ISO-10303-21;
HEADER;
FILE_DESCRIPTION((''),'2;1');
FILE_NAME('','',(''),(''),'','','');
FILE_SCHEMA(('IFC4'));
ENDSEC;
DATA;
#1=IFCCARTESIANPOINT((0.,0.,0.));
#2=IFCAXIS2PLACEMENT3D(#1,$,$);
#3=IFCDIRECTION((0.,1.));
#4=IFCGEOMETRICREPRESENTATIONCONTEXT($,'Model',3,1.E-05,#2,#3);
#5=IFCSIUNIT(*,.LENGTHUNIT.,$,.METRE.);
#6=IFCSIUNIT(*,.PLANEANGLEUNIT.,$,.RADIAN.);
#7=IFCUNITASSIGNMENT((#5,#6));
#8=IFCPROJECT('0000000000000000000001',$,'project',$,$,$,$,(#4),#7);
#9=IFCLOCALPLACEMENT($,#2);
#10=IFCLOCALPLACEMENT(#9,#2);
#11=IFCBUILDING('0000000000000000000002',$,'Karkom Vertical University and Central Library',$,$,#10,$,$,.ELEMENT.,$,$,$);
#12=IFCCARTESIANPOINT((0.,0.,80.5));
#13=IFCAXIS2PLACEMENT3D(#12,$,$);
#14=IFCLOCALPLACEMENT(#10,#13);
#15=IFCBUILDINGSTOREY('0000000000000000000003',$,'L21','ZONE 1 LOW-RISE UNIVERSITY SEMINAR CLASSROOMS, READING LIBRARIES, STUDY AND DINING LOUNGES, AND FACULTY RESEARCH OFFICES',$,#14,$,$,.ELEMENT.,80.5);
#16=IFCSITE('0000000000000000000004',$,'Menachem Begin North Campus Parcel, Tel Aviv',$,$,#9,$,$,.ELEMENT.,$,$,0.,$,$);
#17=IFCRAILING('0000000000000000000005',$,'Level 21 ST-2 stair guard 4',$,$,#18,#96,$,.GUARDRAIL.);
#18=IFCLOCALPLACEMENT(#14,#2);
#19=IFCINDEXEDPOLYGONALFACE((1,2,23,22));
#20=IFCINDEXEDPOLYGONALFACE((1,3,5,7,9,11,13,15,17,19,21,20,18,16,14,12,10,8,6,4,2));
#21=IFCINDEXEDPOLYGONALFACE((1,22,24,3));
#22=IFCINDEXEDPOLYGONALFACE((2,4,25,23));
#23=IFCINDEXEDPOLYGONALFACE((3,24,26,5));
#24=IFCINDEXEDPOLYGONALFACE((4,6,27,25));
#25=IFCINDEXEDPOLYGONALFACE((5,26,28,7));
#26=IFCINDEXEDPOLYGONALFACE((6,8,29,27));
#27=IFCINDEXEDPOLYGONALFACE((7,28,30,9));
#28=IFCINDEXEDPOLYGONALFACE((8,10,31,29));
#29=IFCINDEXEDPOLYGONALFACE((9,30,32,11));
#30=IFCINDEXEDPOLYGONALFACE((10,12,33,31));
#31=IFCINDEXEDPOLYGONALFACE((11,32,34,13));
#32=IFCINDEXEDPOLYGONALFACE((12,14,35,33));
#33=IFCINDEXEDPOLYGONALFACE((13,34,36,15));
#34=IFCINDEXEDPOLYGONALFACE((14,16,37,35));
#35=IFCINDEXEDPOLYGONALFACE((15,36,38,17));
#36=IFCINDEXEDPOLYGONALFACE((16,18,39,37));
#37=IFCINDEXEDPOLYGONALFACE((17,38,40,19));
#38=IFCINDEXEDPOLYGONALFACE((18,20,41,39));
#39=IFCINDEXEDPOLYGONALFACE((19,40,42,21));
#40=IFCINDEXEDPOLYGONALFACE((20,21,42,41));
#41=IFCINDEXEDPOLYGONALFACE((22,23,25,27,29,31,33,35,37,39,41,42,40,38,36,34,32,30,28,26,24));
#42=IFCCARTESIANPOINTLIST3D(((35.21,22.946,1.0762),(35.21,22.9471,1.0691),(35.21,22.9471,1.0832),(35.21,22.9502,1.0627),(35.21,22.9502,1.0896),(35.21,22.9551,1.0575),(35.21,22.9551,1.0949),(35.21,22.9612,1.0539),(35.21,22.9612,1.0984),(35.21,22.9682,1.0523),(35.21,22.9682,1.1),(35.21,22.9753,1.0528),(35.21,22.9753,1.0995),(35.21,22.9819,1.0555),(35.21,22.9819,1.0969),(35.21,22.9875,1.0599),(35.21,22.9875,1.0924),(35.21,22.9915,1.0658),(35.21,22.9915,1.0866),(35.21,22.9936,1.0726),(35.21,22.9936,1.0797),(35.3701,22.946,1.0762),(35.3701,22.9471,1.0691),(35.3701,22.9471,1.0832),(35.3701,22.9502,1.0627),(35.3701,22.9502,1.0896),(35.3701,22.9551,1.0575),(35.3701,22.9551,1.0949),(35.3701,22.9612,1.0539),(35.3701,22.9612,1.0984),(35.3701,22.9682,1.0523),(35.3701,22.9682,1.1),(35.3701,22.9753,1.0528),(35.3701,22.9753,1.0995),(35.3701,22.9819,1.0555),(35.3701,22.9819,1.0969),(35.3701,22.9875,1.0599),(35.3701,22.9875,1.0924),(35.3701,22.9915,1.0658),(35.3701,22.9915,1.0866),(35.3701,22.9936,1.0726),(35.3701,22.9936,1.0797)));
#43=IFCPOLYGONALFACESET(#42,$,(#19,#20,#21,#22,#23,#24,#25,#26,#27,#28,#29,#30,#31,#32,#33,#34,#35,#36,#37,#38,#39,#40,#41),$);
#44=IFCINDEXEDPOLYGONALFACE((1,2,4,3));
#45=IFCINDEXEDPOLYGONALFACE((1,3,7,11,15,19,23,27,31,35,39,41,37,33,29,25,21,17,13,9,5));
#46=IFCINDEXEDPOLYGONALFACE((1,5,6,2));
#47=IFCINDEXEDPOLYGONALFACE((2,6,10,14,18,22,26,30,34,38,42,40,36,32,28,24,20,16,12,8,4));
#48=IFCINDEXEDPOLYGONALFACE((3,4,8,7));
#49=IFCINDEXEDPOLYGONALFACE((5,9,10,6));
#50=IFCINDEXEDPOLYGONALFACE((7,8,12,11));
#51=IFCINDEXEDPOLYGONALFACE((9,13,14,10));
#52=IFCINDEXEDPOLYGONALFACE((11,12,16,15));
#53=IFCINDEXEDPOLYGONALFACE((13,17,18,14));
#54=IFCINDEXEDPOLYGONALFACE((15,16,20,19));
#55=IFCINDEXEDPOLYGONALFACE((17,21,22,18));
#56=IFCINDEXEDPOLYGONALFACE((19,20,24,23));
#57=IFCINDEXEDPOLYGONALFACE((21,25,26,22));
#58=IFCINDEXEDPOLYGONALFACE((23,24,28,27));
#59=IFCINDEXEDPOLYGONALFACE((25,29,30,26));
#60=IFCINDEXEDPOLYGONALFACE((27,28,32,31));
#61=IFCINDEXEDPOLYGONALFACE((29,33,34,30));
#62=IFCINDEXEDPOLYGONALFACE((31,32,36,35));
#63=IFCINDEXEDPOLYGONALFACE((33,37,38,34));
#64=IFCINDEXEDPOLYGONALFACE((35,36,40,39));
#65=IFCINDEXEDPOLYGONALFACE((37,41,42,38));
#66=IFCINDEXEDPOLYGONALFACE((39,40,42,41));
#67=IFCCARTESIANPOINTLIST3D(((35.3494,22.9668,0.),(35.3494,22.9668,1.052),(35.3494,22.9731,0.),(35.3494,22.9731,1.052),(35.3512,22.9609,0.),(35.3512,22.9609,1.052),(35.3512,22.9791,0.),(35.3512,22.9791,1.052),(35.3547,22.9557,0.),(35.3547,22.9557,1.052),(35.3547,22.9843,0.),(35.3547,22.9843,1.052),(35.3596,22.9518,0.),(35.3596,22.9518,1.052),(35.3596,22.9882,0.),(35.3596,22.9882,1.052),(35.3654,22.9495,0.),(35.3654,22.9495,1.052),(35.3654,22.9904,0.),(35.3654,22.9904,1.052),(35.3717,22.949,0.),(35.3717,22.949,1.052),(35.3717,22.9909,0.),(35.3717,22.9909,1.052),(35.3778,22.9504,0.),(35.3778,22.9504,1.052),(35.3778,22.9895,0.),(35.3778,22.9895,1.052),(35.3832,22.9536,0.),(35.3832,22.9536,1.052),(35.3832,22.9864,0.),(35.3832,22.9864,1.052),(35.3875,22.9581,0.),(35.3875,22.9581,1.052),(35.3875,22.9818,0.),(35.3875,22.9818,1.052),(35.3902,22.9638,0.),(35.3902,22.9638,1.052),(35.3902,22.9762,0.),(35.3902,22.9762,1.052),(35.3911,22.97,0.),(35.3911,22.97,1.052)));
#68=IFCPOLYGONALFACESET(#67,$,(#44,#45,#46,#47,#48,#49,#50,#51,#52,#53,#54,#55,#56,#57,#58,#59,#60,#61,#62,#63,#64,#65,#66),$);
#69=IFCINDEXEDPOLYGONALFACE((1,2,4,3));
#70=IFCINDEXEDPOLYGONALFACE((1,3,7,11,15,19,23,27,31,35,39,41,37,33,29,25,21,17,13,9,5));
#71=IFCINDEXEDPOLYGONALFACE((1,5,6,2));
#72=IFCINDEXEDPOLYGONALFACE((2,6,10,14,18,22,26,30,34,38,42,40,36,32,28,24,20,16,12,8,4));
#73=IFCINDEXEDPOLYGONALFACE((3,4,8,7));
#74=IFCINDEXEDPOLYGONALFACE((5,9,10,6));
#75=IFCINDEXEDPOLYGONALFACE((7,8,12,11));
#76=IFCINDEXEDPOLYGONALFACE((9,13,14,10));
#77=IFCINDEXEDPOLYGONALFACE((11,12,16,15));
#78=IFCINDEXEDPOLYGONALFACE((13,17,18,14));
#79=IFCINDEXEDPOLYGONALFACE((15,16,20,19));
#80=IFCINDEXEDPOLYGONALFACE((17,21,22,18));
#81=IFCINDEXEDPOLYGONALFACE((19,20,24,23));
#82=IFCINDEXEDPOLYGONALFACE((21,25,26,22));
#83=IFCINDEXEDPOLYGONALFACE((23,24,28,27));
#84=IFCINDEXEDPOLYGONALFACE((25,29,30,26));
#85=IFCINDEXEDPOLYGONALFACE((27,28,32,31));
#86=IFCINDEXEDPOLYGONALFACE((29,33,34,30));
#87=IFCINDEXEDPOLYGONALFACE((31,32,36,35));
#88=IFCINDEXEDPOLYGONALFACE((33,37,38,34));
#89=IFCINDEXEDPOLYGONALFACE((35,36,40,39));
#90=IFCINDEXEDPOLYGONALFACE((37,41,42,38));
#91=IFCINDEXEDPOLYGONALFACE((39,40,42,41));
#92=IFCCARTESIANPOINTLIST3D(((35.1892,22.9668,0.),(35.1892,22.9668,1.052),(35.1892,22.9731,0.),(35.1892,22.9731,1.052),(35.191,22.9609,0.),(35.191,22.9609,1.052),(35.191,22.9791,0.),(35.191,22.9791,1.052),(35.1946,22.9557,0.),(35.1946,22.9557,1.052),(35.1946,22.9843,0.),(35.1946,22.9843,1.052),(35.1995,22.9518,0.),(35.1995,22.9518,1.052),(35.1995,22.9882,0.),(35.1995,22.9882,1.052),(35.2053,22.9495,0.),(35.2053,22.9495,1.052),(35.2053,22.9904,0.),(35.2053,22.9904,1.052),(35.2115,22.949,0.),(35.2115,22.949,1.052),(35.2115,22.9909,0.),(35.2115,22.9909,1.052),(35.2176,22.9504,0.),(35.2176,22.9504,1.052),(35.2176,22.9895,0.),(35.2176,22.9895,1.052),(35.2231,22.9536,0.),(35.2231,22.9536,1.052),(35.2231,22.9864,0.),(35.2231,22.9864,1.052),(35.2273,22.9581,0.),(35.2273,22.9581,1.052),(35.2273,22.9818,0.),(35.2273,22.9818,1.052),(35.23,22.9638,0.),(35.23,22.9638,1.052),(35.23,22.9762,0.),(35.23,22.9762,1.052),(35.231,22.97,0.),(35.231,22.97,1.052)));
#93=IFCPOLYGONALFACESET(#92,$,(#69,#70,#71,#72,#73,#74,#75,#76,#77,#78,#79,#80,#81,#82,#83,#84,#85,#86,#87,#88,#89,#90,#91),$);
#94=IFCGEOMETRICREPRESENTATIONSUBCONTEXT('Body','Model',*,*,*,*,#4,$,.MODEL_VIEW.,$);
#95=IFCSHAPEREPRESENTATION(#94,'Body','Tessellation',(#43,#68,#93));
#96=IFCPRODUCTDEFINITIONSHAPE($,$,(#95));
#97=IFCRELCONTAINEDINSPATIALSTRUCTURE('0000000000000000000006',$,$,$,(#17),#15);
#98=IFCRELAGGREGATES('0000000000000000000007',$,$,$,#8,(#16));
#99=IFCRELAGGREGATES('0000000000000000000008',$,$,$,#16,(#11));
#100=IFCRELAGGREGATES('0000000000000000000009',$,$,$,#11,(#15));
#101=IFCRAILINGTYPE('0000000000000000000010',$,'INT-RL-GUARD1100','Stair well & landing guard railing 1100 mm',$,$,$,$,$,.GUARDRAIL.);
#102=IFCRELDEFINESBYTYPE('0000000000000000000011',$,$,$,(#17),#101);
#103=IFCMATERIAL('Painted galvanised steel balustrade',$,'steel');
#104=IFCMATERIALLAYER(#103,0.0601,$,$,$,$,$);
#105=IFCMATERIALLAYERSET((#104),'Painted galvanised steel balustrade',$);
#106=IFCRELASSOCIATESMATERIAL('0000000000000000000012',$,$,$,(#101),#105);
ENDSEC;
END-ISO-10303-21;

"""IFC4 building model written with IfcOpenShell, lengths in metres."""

from ifc_helpers import new_model, si_unit, direction, frame, origin, origin_2d, place, context, subcontext, project, spatial, circle, extrude, material, layer, layer_set, type_object, element, save


model = new_model("IFC4")

# Units and contexts
model_context = context("Model", 3, precision=1e-05, world=origin(), true_north=direction((0.0, 1.0)))
body_context = subcontext(model_context, "Body", "Model", "MODEL_VIEW")
ifc_project = project(units=[si_unit("LENGTHUNIT", "METRE"), si_unit("PLANEANGLEUNIT", "RADIAN")], contexts=[model_context])

# Site, building, storey
site_placement = place(None, origin())
site = spatial("IfcSite", under=ifc_project, at=site_placement, Name="Menachem Begin North Campus Parcel, Tel Aviv", CompositionType="ELEMENT", RefElevation=0.0)
building_placement = place(site_placement, origin())
building = spatial("IfcBuilding", under=site, at=building_placement, Name="Karkom Vertical University and Central Library", CompositionType="ELEMENT")
storey_placement = place(building_placement, frame((0.0, 0.0, 80.5)))
storey = spatial("IfcBuildingStorey", under=building, at=storey_placement, Name="L21", Description="ZONE 1 LOW-RISE UNIVERSITY SEMINAR CLASSROOMS, READING LIBRARIES, STUDY AND DINING LOUNGES, AND FACULTY RESEARCH OFFICES", CompositionType="ELEMENT", Elevation=80.5)

# Railing
ifc_material_1 = material(Name="Painted galvanised steel balustrade", Category="steel")
ifc_layer_1 = layer(ifc_material_1, 0.0601)
ifc_layer_set_1 = layer_set([ifc_layer_1], Name="Painted galvanised steel balustrade")
railing_type_1 = type_object("IfcRailingType", Name="INT-RL-GUARD1100", Description="Stair well & landing guard railing 1100 mm", PredefinedType="GUARDRAIL", material=ifc_layer_set_1)
railing_1_placement = place(storey_placement, frame((35.3701, 22.97, 0.0)))
element("IfcRailing", 1, at=railing_1_placement, inside=storey, type_object=railing_type_1, Name="Level 21 ST-2 stair guard 4", PredefinedType="GUARDRAIL", context=body_context, shape_type="SweptSolid", body=[
    extrude(circle(Radius=0.0239, at=origin_2d()), frame((0.0, 0.0, 1.0762), z_axis=(-1.0, 0.0, 0.0), x_axis=(0.0, -1.0, 0.0)), (0.0, 0.0, 1.0), 0.1602),
    extrude(circle(Radius=0.021, at=origin_2d()), origin(), (0.0, 0.0, 1.0), 1.052),
    extrude(circle(Radius=0.021, at=origin_2d()), frame((-0.1602, 0.0, 0.0)), (0.0, 0.0, 1.0), 1.052),
])

save(model, "model.ifc")
